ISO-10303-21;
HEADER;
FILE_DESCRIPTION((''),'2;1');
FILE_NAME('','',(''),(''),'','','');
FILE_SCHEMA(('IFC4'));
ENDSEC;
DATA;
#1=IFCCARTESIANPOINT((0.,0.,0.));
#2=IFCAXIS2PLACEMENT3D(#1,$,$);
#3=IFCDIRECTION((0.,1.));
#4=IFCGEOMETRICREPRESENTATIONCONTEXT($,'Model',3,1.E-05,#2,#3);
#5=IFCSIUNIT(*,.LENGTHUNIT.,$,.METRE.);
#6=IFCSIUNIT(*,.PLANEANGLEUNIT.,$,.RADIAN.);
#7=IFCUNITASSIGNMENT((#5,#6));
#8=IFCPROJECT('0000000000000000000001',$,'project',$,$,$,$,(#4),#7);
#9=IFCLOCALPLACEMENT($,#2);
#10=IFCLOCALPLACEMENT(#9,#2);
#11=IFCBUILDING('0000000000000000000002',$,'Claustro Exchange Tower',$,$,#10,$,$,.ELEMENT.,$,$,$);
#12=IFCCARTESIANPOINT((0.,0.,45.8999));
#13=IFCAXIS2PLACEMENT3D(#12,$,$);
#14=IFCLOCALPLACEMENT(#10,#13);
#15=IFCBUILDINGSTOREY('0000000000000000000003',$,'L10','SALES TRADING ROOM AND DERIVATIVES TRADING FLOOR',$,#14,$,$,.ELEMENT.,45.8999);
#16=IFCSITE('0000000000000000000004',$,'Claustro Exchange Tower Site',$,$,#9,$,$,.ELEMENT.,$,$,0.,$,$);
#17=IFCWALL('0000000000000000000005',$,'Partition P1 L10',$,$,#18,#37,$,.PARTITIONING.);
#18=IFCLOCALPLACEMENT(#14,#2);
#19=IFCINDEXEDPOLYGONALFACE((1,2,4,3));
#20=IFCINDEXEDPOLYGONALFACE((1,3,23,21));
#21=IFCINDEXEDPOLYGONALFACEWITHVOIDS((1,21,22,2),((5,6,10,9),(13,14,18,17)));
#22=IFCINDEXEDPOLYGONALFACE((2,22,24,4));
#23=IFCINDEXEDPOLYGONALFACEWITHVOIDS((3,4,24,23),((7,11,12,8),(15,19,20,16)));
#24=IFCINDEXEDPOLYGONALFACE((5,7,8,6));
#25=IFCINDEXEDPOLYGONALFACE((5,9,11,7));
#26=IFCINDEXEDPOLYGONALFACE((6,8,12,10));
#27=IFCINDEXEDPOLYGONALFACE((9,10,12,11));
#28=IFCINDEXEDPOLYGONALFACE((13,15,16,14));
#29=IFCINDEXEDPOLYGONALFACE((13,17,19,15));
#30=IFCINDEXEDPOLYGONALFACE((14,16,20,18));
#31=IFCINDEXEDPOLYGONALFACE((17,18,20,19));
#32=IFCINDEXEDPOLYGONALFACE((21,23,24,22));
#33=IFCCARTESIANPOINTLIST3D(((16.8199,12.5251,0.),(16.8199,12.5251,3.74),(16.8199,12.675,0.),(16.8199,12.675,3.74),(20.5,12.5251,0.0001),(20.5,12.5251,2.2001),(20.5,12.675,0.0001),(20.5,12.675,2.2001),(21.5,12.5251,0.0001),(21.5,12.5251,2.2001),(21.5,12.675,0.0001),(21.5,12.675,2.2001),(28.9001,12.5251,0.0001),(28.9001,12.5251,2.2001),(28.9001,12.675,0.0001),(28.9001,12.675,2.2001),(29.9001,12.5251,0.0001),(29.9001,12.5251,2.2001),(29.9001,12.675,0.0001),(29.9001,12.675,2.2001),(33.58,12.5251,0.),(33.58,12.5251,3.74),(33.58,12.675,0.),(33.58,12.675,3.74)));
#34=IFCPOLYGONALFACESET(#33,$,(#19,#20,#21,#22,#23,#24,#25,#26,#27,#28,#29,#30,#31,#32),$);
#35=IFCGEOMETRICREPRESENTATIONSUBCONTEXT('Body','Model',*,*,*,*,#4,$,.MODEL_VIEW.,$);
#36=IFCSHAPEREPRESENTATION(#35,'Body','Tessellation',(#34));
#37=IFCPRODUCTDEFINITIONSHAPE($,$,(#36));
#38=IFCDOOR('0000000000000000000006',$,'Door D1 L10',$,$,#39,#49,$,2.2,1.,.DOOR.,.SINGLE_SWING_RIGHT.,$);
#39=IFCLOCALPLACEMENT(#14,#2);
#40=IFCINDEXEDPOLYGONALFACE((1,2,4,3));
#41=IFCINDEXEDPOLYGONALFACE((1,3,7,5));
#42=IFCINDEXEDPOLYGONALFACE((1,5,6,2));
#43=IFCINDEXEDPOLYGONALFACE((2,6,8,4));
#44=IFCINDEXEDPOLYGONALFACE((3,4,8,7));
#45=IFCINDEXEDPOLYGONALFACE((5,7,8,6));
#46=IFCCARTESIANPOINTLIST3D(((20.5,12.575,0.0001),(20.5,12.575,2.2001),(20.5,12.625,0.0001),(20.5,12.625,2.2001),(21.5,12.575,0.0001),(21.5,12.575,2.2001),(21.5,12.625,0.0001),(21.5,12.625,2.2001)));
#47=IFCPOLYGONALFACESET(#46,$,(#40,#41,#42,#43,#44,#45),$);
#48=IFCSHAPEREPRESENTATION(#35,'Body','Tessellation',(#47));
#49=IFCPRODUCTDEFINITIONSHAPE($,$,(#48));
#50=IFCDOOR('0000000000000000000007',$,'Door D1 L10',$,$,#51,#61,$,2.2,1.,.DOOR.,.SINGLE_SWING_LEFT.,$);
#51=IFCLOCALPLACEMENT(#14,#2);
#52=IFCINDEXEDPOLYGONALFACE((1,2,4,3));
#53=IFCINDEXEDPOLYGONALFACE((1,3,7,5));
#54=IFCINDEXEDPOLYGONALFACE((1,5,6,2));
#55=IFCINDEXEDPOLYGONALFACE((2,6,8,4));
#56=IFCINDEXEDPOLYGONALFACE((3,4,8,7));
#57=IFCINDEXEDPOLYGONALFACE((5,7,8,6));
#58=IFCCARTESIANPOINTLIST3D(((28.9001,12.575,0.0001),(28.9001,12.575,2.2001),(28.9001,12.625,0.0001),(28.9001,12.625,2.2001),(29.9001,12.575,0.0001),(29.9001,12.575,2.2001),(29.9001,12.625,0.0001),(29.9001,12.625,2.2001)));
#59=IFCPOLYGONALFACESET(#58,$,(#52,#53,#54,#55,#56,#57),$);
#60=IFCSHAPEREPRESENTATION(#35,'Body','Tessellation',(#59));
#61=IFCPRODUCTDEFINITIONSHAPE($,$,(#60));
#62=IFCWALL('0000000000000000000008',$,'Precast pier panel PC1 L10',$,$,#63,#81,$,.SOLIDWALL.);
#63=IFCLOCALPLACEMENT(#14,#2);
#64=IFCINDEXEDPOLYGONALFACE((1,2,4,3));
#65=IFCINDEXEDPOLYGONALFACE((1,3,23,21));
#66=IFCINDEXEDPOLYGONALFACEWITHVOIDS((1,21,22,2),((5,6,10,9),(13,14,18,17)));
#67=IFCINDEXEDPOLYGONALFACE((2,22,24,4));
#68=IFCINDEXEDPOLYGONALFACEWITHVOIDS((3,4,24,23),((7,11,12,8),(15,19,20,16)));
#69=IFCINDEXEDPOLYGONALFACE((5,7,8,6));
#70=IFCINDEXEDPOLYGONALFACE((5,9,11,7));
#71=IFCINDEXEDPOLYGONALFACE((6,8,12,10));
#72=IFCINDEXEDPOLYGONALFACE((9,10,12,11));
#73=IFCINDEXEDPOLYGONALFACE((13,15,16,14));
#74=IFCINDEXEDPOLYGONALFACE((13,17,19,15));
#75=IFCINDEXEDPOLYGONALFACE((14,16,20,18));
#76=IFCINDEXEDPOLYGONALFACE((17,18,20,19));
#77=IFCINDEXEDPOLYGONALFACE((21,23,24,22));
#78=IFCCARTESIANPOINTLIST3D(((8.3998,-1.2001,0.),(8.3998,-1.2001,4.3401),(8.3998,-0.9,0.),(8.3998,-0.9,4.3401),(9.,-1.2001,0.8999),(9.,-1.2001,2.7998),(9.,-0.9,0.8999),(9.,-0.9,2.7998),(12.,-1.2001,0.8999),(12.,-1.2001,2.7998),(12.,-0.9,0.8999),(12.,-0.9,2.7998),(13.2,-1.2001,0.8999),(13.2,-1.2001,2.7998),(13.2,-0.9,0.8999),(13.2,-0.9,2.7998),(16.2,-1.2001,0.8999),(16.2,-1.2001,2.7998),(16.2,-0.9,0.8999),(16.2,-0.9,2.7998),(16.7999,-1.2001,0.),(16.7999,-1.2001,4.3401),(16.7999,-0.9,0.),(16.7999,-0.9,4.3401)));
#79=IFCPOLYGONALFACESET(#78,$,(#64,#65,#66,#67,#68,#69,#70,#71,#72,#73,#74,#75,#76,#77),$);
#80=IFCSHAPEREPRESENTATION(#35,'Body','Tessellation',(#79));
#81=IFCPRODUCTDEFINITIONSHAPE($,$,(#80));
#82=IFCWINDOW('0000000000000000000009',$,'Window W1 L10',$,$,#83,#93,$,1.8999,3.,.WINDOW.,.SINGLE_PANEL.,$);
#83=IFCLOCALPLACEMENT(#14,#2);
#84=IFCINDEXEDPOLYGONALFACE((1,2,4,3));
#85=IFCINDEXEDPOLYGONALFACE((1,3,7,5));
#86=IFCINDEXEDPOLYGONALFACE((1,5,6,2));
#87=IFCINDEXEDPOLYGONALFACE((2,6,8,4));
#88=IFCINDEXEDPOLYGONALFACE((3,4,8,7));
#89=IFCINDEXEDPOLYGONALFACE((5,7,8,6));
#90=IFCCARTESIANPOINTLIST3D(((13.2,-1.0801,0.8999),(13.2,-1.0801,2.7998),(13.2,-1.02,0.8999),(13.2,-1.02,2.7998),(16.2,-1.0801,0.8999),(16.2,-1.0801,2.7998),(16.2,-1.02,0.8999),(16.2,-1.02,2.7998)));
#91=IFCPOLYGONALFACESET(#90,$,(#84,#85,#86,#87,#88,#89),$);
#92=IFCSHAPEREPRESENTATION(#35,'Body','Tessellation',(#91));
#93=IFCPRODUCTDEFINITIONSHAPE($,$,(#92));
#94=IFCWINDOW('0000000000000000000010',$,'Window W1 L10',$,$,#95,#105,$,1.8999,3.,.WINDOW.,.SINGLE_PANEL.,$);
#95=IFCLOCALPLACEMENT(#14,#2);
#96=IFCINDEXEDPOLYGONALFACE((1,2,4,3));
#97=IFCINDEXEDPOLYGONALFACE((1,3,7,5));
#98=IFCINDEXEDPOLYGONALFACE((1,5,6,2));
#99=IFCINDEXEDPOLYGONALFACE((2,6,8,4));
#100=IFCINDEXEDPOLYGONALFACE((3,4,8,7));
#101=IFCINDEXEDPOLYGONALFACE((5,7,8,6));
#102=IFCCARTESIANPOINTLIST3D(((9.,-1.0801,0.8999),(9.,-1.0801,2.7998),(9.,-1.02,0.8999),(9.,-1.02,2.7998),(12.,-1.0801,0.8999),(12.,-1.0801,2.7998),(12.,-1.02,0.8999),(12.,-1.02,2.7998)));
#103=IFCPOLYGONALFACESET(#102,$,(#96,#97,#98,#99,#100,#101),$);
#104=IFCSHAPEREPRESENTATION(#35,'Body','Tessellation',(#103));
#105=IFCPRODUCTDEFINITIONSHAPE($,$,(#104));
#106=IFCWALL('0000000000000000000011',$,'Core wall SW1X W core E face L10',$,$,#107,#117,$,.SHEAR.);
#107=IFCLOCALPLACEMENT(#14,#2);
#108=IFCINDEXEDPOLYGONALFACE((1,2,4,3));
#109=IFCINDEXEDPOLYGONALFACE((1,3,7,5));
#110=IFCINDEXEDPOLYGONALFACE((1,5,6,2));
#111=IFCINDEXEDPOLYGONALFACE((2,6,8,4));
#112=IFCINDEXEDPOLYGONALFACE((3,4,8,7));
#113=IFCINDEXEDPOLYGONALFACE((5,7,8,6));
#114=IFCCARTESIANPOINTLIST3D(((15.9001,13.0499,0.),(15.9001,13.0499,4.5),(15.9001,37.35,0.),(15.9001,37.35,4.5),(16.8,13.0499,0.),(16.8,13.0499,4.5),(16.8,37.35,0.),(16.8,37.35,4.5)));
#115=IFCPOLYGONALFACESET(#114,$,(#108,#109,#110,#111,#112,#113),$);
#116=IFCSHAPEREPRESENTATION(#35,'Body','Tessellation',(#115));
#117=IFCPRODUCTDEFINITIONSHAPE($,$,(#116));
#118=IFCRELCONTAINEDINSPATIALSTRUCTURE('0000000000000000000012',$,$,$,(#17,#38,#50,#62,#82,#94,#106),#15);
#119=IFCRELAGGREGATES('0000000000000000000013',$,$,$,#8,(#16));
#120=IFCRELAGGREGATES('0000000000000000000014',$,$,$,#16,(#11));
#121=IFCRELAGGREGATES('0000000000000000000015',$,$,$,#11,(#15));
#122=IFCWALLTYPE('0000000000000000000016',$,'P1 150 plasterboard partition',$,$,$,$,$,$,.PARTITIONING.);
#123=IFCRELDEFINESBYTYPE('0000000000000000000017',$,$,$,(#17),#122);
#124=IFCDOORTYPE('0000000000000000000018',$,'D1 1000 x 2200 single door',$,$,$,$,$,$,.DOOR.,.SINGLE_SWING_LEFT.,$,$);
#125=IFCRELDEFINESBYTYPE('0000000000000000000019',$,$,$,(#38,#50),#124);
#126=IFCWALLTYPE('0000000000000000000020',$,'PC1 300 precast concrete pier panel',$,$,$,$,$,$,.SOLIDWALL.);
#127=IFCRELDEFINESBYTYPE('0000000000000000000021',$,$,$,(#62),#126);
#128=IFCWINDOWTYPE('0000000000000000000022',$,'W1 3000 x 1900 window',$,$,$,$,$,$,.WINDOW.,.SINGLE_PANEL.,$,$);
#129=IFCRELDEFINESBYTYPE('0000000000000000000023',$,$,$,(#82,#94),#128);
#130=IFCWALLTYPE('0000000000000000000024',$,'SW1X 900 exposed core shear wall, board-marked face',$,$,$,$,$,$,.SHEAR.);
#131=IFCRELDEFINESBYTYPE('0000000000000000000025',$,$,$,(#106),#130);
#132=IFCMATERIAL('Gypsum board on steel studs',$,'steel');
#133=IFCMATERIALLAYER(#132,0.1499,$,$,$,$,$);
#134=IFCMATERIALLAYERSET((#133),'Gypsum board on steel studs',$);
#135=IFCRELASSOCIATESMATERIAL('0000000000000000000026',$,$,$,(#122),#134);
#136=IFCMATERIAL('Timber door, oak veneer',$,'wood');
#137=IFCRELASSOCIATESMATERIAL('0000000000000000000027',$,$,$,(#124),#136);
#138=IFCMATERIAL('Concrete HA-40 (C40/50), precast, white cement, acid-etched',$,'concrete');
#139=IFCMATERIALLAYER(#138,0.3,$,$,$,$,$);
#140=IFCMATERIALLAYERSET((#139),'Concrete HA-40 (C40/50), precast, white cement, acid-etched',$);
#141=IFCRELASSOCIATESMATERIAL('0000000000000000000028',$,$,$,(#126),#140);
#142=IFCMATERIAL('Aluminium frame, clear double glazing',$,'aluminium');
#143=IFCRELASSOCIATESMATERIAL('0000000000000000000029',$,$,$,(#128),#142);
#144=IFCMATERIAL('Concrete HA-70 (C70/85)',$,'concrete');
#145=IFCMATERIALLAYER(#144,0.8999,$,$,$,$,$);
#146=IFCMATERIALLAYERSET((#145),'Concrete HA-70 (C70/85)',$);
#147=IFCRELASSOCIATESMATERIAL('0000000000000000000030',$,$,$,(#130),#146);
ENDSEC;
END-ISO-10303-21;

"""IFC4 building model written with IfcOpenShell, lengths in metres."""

from ifc_helpers import new_model, si_unit, direction, frame, frame_2d, origin, place, context, subcontext, project, spatial, rectangle, extrude, material, layer, layer_set, type_object, element, fill, save


model = new_model("IFC4")

# Units and contexts
model_context = context("Model", 3, precision=1e-05, world=origin(), true_north=direction((0.0, 1.0)))
body_context = subcontext(model_context, "Body", "Model", "MODEL_VIEW")
ifc_project = project(units=[si_unit("LENGTHUNIT", "METRE"), si_unit("PLANEANGLEUNIT", "RADIAN")], contexts=[model_context])

# Site, building, storey
site_placement = place(None, origin())
site = spatial("IfcSite", under=ifc_project, at=site_placement, Name="Claustro Exchange Tower Site", CompositionType="ELEMENT", RefElevation=0.0)
building_placement = place(site_placement, origin())
building = spatial("IfcBuilding", under=site, at=building_placement, Name="Claustro Exchange Tower", CompositionType="ELEMENT")
storey_placement = place(building_placement, frame((0.0, 0.0, 45.8999)))
storey = spatial("IfcBuildingStorey", under=building, at=storey_placement, Name="L10", Description="SALES TRADING ROOM AND DERIVATIVES TRADING FLOOR", CompositionType="ELEMENT", Elevation=45.8999)

# Shared definitions
ifc_material_1 = material(Name="Gypsum board on steel studs", Category="steel")
ifc_layer_1 = layer(ifc_material_1, 0.1499)
ifc_layer_set_1 = layer_set([ifc_layer_1], Name="Gypsum board on steel studs")
wall_type_1 = type_object("IfcWallType", Name="P1 150 plasterboard partition", PredefinedType="PARTITIONING", material=ifc_layer_set_1)

# Wall, openings, doors
wall_1_placement = place(storey_placement, frame((16.8201, 12.6001, 0.0), z_axis=(0.0, 0.0, 1.0), x_axis=(1.0, 0.0, 0.0)))
wall_1 = element("IfcWall", 1, at=wall_1_placement, inside=storey, type_object=wall_type_1, Name="Partition P1 L10", PredefinedType="PARTITIONING", context=body_context, shape_type="SweptSolid", body=[
    extrude(rectangle(XDim=16.76, YDim=0.1499, at=frame_2d((8.3799, 0.0))), origin(), (0.0, 0.0, 1.0), 3.74),
])
opening_1_placement = place(wall_1_placement, frame((3.6799, 0.0, 0.0)))
opening_1 = element("IfcOpeningElement", 2, at=opening_1_placement, cuts=wall_1, PredefinedType="OPENING", context=body_context, shape_type="SweptSolid", body=[
    extrude(rectangle(XDim=1.0, YDim=2.2, at=frame_2d((0.5, 1.1001))), frame((0.0, 0.085, 0.0), z_axis=(0.0, -1.0, 0.0), x_axis=(1.0, 0.0, 0.0)), (0.0, 0.0, 1.0), 0.1699),
])
opening_2_placement = place(wall_1_placement, frame((12.0801, 0.0, 0.0)))
opening_2 = element("IfcOpeningElement", 3, at=opening_2_placement, cuts=wall_1, PredefinedType="OPENING", context=body_context, shape_type="SweptSolid", body=[
    extrude(rectangle(XDim=1.0, YDim=2.2, at=frame_2d((0.5, 1.1001))), frame((0.0, 0.085, 0.0), z_axis=(0.0, -1.0, 0.0), x_axis=(1.0, 0.0, 0.0)), (0.0, 0.0, 1.0), 0.1699),
])
ifc_material_2 = material(Name="Timber door, oak veneer", Category="wood")
door_type_1 = type_object("IfcDoorType", Name="D1 1000 x 2200 single door", OperationType="SINGLE_SWING_LEFT", PredefinedType="DOOR", material=ifc_material_2)
door_1_placement = place(opening_1_placement, origin())
door_1 = element("IfcDoor", 4, at=door_1_placement, inside=storey, type_object=door_type_1, Name="Door D1 L10", OperationType="SINGLE_SWING_RIGHT", OverallHeight=2.2, OverallWidth=1.0, PredefinedType="DOOR", context=body_context, shape_type="SweptSolid", body=[
    extrude(rectangle(XDim=1.0, YDim=2.2, at=frame_2d((0.5, 1.1001))), frame((0.0, 0.0249, 0.0), z_axis=(0.0, -1.0, 0.0), x_axis=(1.0, 0.0, 0.0)), (0.0, 0.0, 1.0), 0.05),
])
fill(opening_1, door_1)
door_2_placement = place(opening_2_placement, origin())
door_2 = element("IfcDoor", 5, at=door_2_placement, inside=storey, type_object=door_type_1, Name="Door D1 L10", OperationType="SINGLE_SWING_LEFT", OverallHeight=2.2, OverallWidth=1.0, PredefinedType="DOOR", context=body_context, shape_type="SweptSolid", body=[
    extrude(rectangle(XDim=1.0, YDim=2.2, at=frame_2d((0.5, 1.1001))), frame((0.0, 0.0249, 0.0), z_axis=(0.0, -1.0, 0.0), x_axis=(1.0, 0.0, 0.0)), (0.0, 0.0, 1.0), 0.05),
])
fill(opening_2, door_2)

# Wall, openings, windows
ifc_material_3 = material(Name="Concrete HA-40 (C40/50), precast, white cement, acid-etched", Category="concrete")
ifc_layer_2 = layer(ifc_material_3, 0.3)
ifc_layer_set_2 = layer_set([ifc_layer_2], Name="Concrete HA-40 (C40/50), precast, white cement, acid-etched")
wall_type_2 = type_object("IfcWallType", Name="PC1 300 precast concrete pier panel", PredefinedType="SOLIDWALL", material=ifc_layer_set_2)
wall_2_placement = place(storey_placement, frame((16.8, -1.05, 0.0), z_axis=(0.0, 0.0, 1.0), x_axis=(-1.0, 0.0, 0.0)))
wall_2 = element("IfcWall", 6, at=wall_2_placement, inside=storey, type_object=wall_type_2, Name="Precast pier panel PC1 L10", PredefinedType="SOLIDWALL", context=body_context, shape_type="SweptSolid", body=[
    extrude(rectangle(XDim=8.4001, YDim=0.3, at=frame_2d((4.2002, 0.0))), origin(), (0.0, 0.0, 1.0), 4.3401),
])
opening_3_placement = place(wall_2_placement, frame((0.6001, 0.0, 0.8999)))
opening_3 = element("IfcOpeningElement", 7, at=opening_3_placement, cuts=wall_2, PredefinedType="OPENING", context=body_context, shape_type="SweptSolid", body=[
    extrude(rectangle(XDim=3.0, YDim=1.8999, at=frame_2d((1.5, 0.95))), frame((0.0, 0.1599, 0.0), z_axis=(0.0, -1.0, 0.0), x_axis=(1.0, 0.0, 0.0)), (0.0, 0.0, 1.0), 0.3201),
])
opening_4_placement = place(wall_2_placement, frame((4.8, 0.0, 0.8999)))
opening_4 = element("IfcOpeningElement", 8, at=opening_4_placement, cuts=wall_2, PredefinedType="OPENING", context=body_context, shape_type="SweptSolid", body=[
    extrude(rectangle(XDim=3.0, YDim=1.8999, at=frame_2d((1.5, 0.95))), frame((0.0, 0.1599, 0.0), z_axis=(0.0, -1.0, 0.0), x_axis=(1.0, 0.0, 0.0)), (0.0, 0.0, 1.0), 0.3201),
])
ifc_material_4 = material(Name="Aluminium frame, clear double glazing", Category="aluminium")
window_type = type_object("IfcWindowType", Name="W1 3000 x 1900 window", PartitioningType="SINGLE_PANEL", PredefinedType="WINDOW", material=ifc_material_4)
window_1_placement = place(opening_3_placement, origin())
window_1 = element("IfcWindow", 9, at=window_1_placement, inside=storey, type_object=window_type, Name="Window W1 L10", OverallHeight=1.8999, OverallWidth=3.0, PartitioningType="SINGLE_PANEL", PredefinedType="WINDOW", context=body_context, shape_type="SweptSolid", body=[
    extrude(rectangle(XDim=3.0, YDim=1.8999, at=frame_2d((1.5, 0.95))), frame((0.0, 0.03, 0.0), z_axis=(0.0, -1.0, 0.0), x_axis=(1.0, 0.0, 0.0)), (0.0, 0.0, 1.0), 0.0601),
])
fill(opening_3, window_1)
window_2_placement = place(opening_4_placement, origin())
window_2 = element("IfcWindow", 10, at=window_2_placement, inside=storey, type_object=window_type, Name="Window W1 L10", OverallHeight=1.8999, OverallWidth=3.0, PartitioningType="SINGLE_PANEL", PredefinedType="WINDOW", context=body_context, shape_type="SweptSolid", body=[
    extrude(rectangle(XDim=3.0, YDim=1.8999, at=frame_2d((1.5, 0.95))), frame((0.0, 0.03, 0.0), z_axis=(0.0, -1.0, 0.0), x_axis=(1.0, 0.0, 0.0)), (0.0, 0.0, 1.0), 0.0601),
])
fill(opening_4, window_2)

# Wall
ifc_material_5 = material(Name="Concrete HA-70 (C70/85)", Category="concrete")
ifc_layer_3 = layer(ifc_material_5, 0.8999)
ifc_layer_set_3 = layer_set([ifc_layer_3], Name="Concrete HA-70 (C70/85)")
wall_type_3 = type_object("IfcWallType", Name="SW1X 900 exposed core shear wall, board-marked face", PredefinedType="SHEAR", material=ifc_layer_set_3)
wall_3_placement = place(storey_placement, frame((16.3501, 13.05, 0.0), z_axis=(0.0, 0.0, 1.0), x_axis=(0.0, 1.0, 0.0)))
element("IfcWall", 11, at=wall_3_placement, inside=storey, type_object=wall_type_3, Name="Core wall SW1X W core E face L10", PredefinedType="SHEAR", context=body_context, shape_type="SweptSolid", body=[
    extrude(rectangle(XDim=24.3, YDim=0.8999, at=frame_2d((12.1499, 0.0))), origin(), (0.0, 0.0, 1.0), 4.5),
])

save(model, "model.ifc")
